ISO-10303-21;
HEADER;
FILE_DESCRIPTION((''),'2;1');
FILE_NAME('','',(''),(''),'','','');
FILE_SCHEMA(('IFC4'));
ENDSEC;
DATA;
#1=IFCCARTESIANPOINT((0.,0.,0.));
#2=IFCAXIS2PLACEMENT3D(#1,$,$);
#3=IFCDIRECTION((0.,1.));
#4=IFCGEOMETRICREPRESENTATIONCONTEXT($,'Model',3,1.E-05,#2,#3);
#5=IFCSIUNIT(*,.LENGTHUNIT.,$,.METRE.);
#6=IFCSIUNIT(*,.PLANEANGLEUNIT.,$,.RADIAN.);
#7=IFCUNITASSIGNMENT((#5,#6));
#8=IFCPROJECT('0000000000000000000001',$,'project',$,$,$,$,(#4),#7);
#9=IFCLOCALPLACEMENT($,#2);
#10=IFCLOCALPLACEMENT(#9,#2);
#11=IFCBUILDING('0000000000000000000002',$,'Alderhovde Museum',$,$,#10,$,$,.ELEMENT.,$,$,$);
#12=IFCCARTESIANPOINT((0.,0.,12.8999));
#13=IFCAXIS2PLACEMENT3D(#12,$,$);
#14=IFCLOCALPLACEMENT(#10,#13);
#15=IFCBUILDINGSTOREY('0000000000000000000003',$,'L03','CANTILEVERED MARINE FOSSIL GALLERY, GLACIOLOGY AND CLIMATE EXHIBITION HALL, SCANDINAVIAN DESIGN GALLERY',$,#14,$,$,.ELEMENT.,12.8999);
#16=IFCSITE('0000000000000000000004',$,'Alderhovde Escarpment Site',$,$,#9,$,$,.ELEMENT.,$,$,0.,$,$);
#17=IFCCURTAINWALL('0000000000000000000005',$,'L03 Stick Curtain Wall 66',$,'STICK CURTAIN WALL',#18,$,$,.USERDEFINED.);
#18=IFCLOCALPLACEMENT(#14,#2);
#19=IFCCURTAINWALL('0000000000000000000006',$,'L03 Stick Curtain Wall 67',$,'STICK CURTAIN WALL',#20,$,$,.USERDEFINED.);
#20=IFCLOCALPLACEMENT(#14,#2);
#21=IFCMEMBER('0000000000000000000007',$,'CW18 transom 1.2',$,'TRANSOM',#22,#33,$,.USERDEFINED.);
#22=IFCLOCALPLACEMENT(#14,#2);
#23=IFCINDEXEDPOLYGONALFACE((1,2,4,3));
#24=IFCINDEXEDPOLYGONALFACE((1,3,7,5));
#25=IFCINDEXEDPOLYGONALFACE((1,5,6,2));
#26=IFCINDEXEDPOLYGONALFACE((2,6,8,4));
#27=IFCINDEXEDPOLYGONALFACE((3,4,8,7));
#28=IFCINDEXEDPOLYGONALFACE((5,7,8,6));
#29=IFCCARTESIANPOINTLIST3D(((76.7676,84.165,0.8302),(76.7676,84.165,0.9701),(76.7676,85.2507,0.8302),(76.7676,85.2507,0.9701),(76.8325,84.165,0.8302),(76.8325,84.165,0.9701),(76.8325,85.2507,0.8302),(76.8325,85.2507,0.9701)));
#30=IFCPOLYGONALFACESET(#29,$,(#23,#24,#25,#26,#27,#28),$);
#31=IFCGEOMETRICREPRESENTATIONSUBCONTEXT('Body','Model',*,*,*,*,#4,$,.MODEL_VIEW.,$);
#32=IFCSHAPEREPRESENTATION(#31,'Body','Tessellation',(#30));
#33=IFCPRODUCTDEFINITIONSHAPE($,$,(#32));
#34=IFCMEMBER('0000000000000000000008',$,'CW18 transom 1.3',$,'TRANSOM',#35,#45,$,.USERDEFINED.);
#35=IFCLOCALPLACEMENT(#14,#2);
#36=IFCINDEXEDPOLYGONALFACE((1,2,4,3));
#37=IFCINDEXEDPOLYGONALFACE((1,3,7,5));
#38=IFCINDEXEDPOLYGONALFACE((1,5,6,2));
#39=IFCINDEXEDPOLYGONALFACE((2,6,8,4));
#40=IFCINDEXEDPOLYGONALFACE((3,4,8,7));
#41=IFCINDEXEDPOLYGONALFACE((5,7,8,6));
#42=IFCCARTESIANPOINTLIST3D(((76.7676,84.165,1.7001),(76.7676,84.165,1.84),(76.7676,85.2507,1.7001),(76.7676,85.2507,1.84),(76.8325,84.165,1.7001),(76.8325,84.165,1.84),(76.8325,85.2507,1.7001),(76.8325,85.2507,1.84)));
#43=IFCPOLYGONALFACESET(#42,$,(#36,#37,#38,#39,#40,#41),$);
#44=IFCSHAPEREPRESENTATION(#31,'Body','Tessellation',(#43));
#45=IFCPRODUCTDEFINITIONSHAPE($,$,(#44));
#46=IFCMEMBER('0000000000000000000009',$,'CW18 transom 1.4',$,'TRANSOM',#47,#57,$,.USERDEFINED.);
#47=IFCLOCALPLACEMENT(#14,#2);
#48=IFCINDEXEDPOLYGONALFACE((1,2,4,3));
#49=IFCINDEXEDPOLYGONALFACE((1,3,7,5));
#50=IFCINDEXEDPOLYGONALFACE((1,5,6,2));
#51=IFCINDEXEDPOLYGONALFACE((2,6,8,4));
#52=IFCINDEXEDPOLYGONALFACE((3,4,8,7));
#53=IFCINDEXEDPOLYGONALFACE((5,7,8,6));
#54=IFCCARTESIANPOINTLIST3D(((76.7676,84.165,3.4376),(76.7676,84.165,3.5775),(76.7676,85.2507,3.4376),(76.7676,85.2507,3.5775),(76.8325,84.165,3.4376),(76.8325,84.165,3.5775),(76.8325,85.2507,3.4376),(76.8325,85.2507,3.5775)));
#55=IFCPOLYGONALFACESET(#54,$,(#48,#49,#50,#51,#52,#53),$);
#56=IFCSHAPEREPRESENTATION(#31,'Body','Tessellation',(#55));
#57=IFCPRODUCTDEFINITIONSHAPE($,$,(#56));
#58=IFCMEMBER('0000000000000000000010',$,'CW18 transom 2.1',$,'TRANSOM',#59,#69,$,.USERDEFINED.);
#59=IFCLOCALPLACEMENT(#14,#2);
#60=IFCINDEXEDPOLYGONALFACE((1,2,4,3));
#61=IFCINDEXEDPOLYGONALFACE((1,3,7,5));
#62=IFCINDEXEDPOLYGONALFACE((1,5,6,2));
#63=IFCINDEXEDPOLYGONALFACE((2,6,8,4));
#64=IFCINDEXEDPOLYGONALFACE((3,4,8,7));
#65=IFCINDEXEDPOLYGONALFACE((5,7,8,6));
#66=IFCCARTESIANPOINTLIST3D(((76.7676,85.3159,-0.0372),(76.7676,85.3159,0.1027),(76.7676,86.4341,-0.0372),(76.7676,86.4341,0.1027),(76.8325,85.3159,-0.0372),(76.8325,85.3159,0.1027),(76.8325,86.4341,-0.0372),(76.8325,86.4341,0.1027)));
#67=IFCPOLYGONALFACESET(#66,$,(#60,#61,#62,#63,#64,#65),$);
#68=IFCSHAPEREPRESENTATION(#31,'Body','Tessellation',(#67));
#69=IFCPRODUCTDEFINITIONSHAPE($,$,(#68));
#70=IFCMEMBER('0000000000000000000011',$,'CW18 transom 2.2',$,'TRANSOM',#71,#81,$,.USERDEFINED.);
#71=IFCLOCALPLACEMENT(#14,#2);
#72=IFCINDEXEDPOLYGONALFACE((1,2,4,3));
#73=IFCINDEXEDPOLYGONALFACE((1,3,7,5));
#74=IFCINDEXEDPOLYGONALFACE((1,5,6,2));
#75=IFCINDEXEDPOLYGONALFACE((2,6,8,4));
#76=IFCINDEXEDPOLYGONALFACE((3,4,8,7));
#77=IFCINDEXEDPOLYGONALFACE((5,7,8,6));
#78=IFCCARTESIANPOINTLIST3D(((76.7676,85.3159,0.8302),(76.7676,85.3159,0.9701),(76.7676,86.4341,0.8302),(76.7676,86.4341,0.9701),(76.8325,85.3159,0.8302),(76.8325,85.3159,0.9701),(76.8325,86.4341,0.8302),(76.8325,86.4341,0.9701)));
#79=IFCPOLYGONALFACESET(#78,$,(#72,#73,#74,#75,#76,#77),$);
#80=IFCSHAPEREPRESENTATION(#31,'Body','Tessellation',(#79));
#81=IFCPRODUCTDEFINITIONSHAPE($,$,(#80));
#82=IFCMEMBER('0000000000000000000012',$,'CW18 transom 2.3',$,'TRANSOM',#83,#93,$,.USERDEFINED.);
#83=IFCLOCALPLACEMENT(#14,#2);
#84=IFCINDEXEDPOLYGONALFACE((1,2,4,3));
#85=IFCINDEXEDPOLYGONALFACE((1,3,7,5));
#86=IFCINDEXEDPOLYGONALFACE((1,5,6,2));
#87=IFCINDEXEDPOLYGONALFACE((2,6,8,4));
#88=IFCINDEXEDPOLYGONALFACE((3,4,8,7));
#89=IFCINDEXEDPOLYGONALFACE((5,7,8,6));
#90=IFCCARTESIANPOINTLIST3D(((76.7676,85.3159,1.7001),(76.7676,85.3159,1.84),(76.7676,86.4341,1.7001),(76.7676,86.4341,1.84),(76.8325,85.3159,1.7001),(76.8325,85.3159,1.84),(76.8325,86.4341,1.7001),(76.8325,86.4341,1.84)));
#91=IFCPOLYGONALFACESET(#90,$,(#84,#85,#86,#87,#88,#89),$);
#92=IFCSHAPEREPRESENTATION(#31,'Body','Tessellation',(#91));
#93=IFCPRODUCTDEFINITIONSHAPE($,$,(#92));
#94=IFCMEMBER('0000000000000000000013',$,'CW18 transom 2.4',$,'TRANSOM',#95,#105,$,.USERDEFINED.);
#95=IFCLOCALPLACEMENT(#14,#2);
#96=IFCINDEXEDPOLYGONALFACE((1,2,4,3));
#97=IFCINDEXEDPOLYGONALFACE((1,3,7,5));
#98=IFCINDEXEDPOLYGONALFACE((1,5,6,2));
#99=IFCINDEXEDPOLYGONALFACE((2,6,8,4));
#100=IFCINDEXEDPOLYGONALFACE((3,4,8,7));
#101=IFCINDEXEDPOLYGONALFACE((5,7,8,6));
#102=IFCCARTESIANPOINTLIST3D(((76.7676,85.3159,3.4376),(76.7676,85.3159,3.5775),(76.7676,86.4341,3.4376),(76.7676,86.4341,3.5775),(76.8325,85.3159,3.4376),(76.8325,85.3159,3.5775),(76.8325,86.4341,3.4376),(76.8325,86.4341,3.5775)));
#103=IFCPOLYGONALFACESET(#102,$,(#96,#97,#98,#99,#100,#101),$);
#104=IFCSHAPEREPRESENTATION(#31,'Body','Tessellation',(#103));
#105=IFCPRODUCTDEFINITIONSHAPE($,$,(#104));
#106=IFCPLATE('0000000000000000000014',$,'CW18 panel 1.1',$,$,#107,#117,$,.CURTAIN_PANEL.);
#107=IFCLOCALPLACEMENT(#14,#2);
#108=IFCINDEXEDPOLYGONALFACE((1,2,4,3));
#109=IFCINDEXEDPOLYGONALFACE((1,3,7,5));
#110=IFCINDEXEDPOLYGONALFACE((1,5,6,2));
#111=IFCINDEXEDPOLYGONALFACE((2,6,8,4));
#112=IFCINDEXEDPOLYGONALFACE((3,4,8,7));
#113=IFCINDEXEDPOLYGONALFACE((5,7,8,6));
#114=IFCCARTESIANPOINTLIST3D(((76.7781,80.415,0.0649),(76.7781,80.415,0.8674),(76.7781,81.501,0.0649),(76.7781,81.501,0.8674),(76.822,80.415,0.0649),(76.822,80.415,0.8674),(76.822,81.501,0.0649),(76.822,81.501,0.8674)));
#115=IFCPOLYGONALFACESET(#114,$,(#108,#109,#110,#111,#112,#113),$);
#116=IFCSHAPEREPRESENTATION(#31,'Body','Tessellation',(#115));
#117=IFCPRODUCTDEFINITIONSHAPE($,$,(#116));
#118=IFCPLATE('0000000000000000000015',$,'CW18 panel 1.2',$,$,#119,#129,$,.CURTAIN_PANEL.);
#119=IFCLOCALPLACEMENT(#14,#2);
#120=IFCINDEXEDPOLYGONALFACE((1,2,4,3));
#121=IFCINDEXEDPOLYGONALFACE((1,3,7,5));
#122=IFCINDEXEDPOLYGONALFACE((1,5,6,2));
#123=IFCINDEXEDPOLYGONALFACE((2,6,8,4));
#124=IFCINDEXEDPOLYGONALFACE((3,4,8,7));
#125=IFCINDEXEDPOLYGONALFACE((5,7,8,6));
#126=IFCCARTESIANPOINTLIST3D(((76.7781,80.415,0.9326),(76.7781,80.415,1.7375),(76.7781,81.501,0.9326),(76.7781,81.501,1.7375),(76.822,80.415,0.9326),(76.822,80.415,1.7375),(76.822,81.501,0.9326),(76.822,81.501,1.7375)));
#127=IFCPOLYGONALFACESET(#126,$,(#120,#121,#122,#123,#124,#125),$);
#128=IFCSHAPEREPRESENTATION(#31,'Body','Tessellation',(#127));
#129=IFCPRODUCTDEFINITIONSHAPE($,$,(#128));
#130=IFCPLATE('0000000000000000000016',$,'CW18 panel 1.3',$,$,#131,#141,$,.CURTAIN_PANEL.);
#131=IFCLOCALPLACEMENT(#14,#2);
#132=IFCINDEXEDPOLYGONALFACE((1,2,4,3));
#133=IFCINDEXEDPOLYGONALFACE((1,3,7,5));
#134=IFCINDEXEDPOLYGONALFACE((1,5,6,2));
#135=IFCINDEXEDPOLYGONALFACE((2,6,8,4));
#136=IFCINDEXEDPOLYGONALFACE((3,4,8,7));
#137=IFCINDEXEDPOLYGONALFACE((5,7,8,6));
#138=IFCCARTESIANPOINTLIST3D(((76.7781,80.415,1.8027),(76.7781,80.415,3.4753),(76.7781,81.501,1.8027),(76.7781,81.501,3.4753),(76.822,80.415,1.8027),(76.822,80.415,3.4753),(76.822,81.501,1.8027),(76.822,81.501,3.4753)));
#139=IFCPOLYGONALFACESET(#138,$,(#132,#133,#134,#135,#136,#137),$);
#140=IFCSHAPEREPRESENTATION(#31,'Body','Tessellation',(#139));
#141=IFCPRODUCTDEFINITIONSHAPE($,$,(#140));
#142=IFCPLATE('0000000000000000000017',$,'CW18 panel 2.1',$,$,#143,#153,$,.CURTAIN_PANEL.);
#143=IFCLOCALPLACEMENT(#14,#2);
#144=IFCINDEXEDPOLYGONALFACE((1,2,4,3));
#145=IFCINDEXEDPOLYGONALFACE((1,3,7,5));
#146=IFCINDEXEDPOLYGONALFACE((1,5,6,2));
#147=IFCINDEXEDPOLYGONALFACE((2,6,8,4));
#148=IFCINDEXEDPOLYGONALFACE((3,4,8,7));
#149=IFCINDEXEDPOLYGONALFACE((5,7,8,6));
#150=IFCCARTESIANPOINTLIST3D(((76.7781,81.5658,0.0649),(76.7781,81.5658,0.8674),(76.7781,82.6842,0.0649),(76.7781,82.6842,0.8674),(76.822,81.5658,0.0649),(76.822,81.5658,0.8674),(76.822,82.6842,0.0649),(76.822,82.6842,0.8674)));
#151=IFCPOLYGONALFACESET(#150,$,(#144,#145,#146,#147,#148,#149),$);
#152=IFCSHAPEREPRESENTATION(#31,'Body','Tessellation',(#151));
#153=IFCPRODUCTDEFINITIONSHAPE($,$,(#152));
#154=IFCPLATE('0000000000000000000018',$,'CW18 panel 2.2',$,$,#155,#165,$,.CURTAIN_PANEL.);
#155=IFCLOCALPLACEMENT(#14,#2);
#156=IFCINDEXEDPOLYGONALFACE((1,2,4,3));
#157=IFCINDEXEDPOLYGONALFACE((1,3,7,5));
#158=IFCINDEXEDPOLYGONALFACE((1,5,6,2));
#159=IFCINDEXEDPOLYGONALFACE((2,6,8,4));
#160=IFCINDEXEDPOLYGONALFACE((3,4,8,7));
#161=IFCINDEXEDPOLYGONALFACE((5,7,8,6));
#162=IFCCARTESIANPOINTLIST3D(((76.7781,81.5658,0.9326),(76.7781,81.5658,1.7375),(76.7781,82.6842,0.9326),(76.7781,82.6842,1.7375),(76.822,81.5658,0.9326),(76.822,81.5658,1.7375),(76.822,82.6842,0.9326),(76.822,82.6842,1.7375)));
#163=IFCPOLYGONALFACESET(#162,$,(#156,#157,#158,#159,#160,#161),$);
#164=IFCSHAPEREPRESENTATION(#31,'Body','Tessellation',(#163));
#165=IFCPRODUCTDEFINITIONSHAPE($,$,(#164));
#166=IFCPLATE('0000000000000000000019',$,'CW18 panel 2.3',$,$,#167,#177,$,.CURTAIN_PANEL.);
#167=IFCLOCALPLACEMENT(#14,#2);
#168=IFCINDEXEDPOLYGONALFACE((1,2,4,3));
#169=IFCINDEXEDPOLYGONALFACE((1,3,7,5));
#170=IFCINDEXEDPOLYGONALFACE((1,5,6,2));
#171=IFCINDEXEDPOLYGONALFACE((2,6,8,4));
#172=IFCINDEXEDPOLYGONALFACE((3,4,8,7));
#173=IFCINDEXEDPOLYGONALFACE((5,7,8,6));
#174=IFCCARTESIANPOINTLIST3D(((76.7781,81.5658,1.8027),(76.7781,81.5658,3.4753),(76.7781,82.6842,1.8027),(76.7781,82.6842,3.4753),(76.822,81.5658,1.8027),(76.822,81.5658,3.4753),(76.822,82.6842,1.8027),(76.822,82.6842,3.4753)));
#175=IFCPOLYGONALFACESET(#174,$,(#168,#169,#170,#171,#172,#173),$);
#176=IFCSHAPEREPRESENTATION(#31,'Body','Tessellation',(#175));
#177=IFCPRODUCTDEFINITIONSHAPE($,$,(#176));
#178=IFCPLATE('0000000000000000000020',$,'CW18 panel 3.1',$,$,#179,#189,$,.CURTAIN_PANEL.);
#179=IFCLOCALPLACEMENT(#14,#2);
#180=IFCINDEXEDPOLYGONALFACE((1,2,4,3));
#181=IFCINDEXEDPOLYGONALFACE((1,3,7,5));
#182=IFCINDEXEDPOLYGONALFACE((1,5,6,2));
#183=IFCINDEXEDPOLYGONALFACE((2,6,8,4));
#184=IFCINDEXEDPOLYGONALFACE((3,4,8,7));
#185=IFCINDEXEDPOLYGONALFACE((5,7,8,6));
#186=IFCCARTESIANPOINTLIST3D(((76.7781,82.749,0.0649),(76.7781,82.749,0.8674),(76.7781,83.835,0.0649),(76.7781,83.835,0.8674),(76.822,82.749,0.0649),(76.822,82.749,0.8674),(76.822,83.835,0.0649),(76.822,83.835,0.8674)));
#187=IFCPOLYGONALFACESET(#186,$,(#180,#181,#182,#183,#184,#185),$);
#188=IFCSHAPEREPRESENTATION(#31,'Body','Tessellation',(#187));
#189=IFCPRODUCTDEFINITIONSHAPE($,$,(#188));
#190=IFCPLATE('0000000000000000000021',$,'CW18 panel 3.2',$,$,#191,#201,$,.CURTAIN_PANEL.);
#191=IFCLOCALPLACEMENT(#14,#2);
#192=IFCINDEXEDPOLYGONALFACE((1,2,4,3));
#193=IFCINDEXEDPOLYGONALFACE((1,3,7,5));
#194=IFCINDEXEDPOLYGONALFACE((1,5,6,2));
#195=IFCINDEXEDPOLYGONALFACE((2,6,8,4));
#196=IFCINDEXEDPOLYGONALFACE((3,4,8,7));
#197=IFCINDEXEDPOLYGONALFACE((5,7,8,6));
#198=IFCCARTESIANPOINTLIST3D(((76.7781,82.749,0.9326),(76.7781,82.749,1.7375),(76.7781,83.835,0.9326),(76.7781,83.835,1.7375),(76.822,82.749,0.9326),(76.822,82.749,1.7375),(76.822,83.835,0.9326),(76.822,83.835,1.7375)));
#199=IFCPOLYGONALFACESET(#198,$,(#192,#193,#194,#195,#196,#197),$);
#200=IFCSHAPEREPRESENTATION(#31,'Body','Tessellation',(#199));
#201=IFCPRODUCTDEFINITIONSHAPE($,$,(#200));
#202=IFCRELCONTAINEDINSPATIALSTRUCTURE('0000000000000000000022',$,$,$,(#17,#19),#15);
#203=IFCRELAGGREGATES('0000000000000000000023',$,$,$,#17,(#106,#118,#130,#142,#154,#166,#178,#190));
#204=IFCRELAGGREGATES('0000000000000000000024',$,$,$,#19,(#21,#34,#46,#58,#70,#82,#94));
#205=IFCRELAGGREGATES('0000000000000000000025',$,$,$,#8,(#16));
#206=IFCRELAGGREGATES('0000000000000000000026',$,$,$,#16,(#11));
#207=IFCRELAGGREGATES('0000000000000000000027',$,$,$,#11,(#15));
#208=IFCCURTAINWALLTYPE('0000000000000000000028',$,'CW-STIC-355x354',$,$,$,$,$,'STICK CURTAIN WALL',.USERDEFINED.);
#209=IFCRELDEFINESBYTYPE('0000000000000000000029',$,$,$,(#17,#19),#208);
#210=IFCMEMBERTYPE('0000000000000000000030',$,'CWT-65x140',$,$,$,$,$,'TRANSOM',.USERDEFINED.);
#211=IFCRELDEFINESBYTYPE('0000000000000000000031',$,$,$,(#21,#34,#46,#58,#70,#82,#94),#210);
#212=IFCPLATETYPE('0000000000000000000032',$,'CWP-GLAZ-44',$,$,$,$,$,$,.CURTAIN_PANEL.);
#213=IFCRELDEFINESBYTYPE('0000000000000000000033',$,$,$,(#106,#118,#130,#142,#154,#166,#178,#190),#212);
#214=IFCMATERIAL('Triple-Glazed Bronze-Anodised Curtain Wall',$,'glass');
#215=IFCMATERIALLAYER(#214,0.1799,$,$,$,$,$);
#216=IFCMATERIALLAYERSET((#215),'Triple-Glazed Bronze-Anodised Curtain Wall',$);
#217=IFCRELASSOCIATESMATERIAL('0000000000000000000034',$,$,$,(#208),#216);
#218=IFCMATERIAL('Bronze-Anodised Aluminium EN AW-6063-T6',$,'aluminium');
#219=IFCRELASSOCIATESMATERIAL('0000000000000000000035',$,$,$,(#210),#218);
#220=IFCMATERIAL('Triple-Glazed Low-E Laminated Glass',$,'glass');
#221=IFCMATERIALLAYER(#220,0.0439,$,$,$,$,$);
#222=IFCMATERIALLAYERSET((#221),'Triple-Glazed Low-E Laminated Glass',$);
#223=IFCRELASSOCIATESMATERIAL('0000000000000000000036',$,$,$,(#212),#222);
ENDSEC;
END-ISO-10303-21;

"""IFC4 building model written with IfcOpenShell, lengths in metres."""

from ifc_helpers import new_model, si_unit, direction, frame, origin, origin_2d, place, context, subcontext, project, spatial, rectangle, extrude, material, layer, layer_set, material_profile, profile_set, type_object, element, aggregate, save


model = new_model("IFC4")

# Units and contexts
model_context = context("Model", 3, precision=1e-05, world=origin(), true_north=direction((0.0, 1.0)))
body_context = subcontext(model_context, "Body", "Model", "MODEL_VIEW")
ifc_project = project(units=[si_unit("LENGTHUNIT", "METRE"), si_unit("PLANEANGLEUNIT", "RADIAN")], contexts=[model_context])

# Site, building, storey
site_placement = place(None, origin())
site = spatial("IfcSite", under=ifc_project, at=site_placement, Name="Alderhovde Escarpment Site", CompositionType="ELEMENT", RefElevation=0.0)
building_placement = place(site_placement, origin())
building = spatial("IfcBuilding", under=site, at=building_placement, Name="Alderhovde Museum", CompositionType="ELEMENT")
storey_placement = place(building_placement, frame((0.0, 0.0, 12.8999)))
storey = spatial("IfcBuildingStorey", under=building, at=storey_placement, Name="L03", Description="CANTILEVERED MARINE FOSSIL GALLERY, GLACIOLOGY AND CLIMATE EXHIBITION HALL, SCANDINAVIAN DESIGN GALLERY", CompositionType="ELEMENT", Elevation=12.8999)

# Curtain walls
ifc_material_1 = material(Name="Triple-Glazed Bronze-Anodised Curtain Wall", Category="glass")
ifc_layer_1 = layer(ifc_material_1, 0.1799)
ifc_layer_set_1 = layer_set([ifc_layer_1], Name="Triple-Glazed Bronze-Anodised Curtain Wall")
curtain_wall_type = type_object("IfcCurtainWallType", Name="CW-STIC-355x354", ElementType="STICK CURTAIN WALL", PredefinedType="USERDEFINED", material=ifc_layer_set_1)
curtain_wall_1_placement = place(storey_placement, origin())
curtain_wall_1 = element("IfcCurtainWall", 1, at=curtain_wall_1_placement, inside=storey, type_object=curtain_wall_type, Name="L03 Stick Curtain Wall 66", ObjectType="STICK CURTAIN WALL", PredefinedType="USERDEFINED")
curtain_wall_2_placement = place(storey_placement, origin())
curtain_wall_2 = element("IfcCurtainWall", 2, at=curtain_wall_2_placement, inside=storey, type_object=curtain_wall_type, Name="L03 Stick Curtain Wall 67", ObjectType="STICK CURTAIN WALL", PredefinedType="USERDEFINED")

# Members
ifc_material_2 = material(Name="Bronze-Anodised Aluminium EN AW-6063-T6", Category="aluminium")
ifc_material_profile_1 = material_profile(ifc_material_2, rectangle(XDim=0.0649, YDim=0.1399, at=origin_2d()), Name="TRANSOM 65x140")
ifc_profile_set_1 = profile_set([ifc_material_profile_1], Name="Bronze-Anodised Aluminium EN AW-6063-T6")
member_type_1 = type_object("IfcMemberType", Name="CWT-65x140", ElementType="TRANSOM", PredefinedType="USERDEFINED", material=ifc_profile_set_1)
member_1_placement = place(storey_placement, frame((76.8, 84.165, 0.9001), z_axis=(0.0, 1.0, 0.0), x_axis=(-1.0, 0.0, 0.0)))
member_1 = element("IfcMember", 3, at=member_1_placement, type_object=member_type_1, Name="CW18 transom 1.2", ObjectType="TRANSOM", PredefinedType="USERDEFINED", context=body_context, shape_type="SweptSolid", body=[
    extrude(rectangle(XDim=0.0649, YDim=0.1399, at=origin_2d()), origin(), (0.0, 0.0, 1.0), 1.0857),
])
member_2_placement = place(storey_placement, frame((76.8, 84.165, 1.77), z_axis=(0.0, 1.0, 0.0), x_axis=(-1.0, 0.0, 0.0)))
member_2 = element("IfcMember", 4, at=member_2_placement, type_object=member_type_1, Name="CW18 transom 1.3", ObjectType="TRANSOM", PredefinedType="USERDEFINED", context=body_context, shape_type="SweptSolid", body=[
    extrude(rectangle(XDim=0.0649, YDim=0.1399, at=origin_2d()), origin(), (0.0, 0.0, 1.0), 1.0857),
])
member_3_placement = place(storey_placement, frame((76.8, 84.165, 3.5076), z_axis=(0.0, 1.0, 0.0), x_axis=(-1.0, 0.0, 0.0)))
member_3 = element("IfcMember", 5, at=member_3_placement, type_object=member_type_1, Name="CW18 transom 1.4", ObjectType="TRANSOM", PredefinedType="USERDEFINED", context=body_context, shape_type="SweptSolid", body=[
    extrude(rectangle(XDim=0.0649, YDim=0.1399, at=origin_2d()), origin(), (0.0, 0.0, 1.0), 1.0857),
])
member_4_placement = place(storey_placement, frame((76.8, 85.3159, 0.0327), z_axis=(0.0, 1.0, 0.0), x_axis=(-1.0, 0.0, 0.0)))
member_4 = element("IfcMember", 6, at=member_4_placement, type_object=member_type_1, Name="CW18 transom 2.1", ObjectType="TRANSOM", PredefinedType="USERDEFINED", context=body_context, shape_type="SweptSolid", body=[
    extrude(rectangle(XDim=0.0649, YDim=0.1399, at=origin_2d()), origin(), (0.0, 0.0, 1.0), 1.1182),
])
member_5_placement = place(storey_placement, frame((76.8, 85.3159, 0.9001), z_axis=(0.0, 1.0, 0.0), x_axis=(-1.0, 0.0, 0.0)))
member_5 = element("IfcMember", 7, at=member_5_placement, type_object=member_type_1, Name="CW18 transom 2.2", ObjectType="TRANSOM", PredefinedType="USERDEFINED", context=body_context, shape_type="SweptSolid", body=[
    extrude(rectangle(XDim=0.0649, YDim=0.1399, at=origin_2d()), origin(), (0.0, 0.0, 1.0), 1.1182),
])
member_6_placement = place(storey_placement, frame((76.8, 85.3159, 1.77), z_axis=(0.0, 1.0, 0.0), x_axis=(-1.0, 0.0, 0.0)))
member_6 = element("IfcMember", 8, at=member_6_placement, type_object=member_type_1, Name="CW18 transom 2.3", ObjectType="TRANSOM", PredefinedType="USERDEFINED", context=body_context, shape_type="SweptSolid", body=[
    extrude(rectangle(XDim=0.0649, YDim=0.1399, at=origin_2d()), origin(), (0.0, 0.0, 1.0), 1.1182),
])
member_7_placement = place(storey_placement, frame((76.8, 85.3159, 3.5076), z_axis=(0.0, 1.0, 0.0), x_axis=(-1.0, 0.0, 0.0)))
member_7 = element("IfcMember", 9, at=member_7_placement, type_object=member_type_1, Name="CW18 transom 2.4", ObjectType="TRANSOM", PredefinedType="USERDEFINED", context=body_context, shape_type="SweptSolid", body=[
    extrude(rectangle(XDim=0.0649, YDim=0.1399, at=origin_2d()), origin(), (0.0, 0.0, 1.0), 1.1182),
])

# Plates
ifc_material_3 = material(Name="Triple-Glazed Low-E Laminated Glass", Category="glass")
ifc_layer_2 = layer(ifc_material_3, 0.0439)
ifc_layer_set_2 = layer_set([ifc_layer_2], Name="Triple-Glazed Low-E Laminated Glass")
plate_type_1 = type_object("IfcPlateType", Name="CWP-GLAZ-44", PredefinedType="CURTAIN_PANEL", material=ifc_layer_set_2)
plate_1_placement = place(storey_placement, frame((76.8, 80.958, 0.0649), z_axis=(0.0, 0.0, 1.0), x_axis=(0.0, 1.0, 0.0)))
plate_1 = element("IfcPlate", 10, at=plate_1_placement, type_object=plate_type_1, Name="CW18 panel 1.1", PredefinedType="CURTAIN_PANEL", context=body_context, shape_type="SweptSolid", body=[
    extrude(rectangle(XDim=1.0859, YDim=0.0439, at=origin_2d()), origin(), (0.0, 0.0, 1.0), 0.8025),
])
plate_2_placement = place(storey_placement, frame((76.8, 80.958, 0.9326), z_axis=(0.0, 0.0, 1.0), x_axis=(0.0, 1.0, 0.0)))
plate_2 = element("IfcPlate", 11, at=plate_2_placement, type_object=plate_type_1, Name="CW18 panel 1.2", PredefinedType="CURTAIN_PANEL", context=body_context, shape_type="SweptSolid", body=[
    extrude(rectangle(XDim=1.0859, YDim=0.0439, at=origin_2d()), origin(), (0.0, 0.0, 1.0), 0.8049),
])
plate_3_placement = place(storey_placement, frame((76.8, 80.958, 1.8027), z_axis=(0.0, 0.0, 1.0), x_axis=(0.0, 1.0, 0.0)))
plate_3 = element("IfcPlate", 12, at=plate_3_placement, type_object=plate_type_1, Name="CW18 panel 1.3", PredefinedType="CURTAIN_PANEL", context=body_context, shape_type="SweptSolid", body=[
    extrude(rectangle(XDim=1.0859, YDim=0.0439, at=origin_2d()), origin(), (0.0, 0.0, 1.0), 1.6726),
])
plate_4_placement = place(storey_placement, frame((76.8, 82.125, 0.0649), z_axis=(0.0, 0.0, 1.0), x_axis=(0.0, 1.0, 0.0)))
plate_4 = element("IfcPlate", 13, at=plate_4_placement, type_object=plate_type_1, Name="CW18 panel 2.1", PredefinedType="CURTAIN_PANEL", context=body_context, shape_type="SweptSolid", body=[
    extrude(rectangle(XDim=1.1184, YDim=0.0439, at=origin_2d()), origin(), (0.0, 0.0, 1.0), 0.8025),
])
plate_5_placement = place(storey_placement, frame((76.8, 82.125, 0.9326), z_axis=(0.0, 0.0, 1.0), x_axis=(0.0, 1.0, 0.0)))
plate_5 = element("IfcPlate", 14, at=plate_5_placement, type_object=plate_type_1, Name="CW18 panel 2.2", PredefinedType="CURTAIN_PANEL", context=body_context, shape_type="SweptSolid", body=[
    extrude(rectangle(XDim=1.1184, YDim=0.0439, at=origin_2d()), origin(), (0.0, 0.0, 1.0), 0.8049),
])
plate_6_placement = place(storey_placement, frame((76.8, 82.125, 1.8027), z_axis=(0.0, 0.0, 1.0), x_axis=(0.0, 1.0, 0.0)))
plate_6 = element("IfcPlate", 15, at=plate_6_placement, type_object=plate_type_1, Name="CW18 panel 2.3", PredefinedType="CURTAIN_PANEL", context=body_context, shape_type="SweptSolid", body=[
    extrude(rectangle(XDim=1.1184, YDim=0.0439, at=origin_2d()), origin(), (0.0, 0.0, 1.0), 1.6726),
])
plate_7_placement = place(storey_placement, frame((76.8, 83.292, 0.0649), z_axis=(0.0, 0.0, 1.0), x_axis=(0.0, 1.0, 0.0)))
plate_7 = element("IfcPlate", 16, at=plate_7_placement, type_object=plate_type_1, Name="CW18 panel 3.1", PredefinedType="CURTAIN_PANEL", context=body_context, shape_type="SweptSolid", body=[
    extrude(rectangle(XDim=1.0859, YDim=0.0439, at=origin_2d()), origin(), (0.0, 0.0, 1.0), 0.8025),
])
plate_8_placement = place(storey_placement, frame((76.8, 83.292, 0.9326), z_axis=(0.0, 0.0, 1.0), x_axis=(0.0, 1.0, 0.0)))
plate_8 = element("IfcPlate", 17, at=plate_8_placement, type_object=plate_type_1, Name="CW18 panel 3.2", PredefinedType="CURTAIN_PANEL", context=body_context, shape_type="SweptSolid", body=[
    extrude(rectangle(XDim=1.0859, YDim=0.0439, at=origin_2d()), origin(), (0.0, 0.0, 1.0), 0.8049),
])
aggregate(curtain_wall_1, [plate_1, plate_2, plate_3, plate_4, plate_5, plate_6, plate_7, plate_8])
aggregate(curtain_wall_2, [member_1, member_2, member_3, member_4, member_5, member_6, member_7])

save(model, "model.ifc")
